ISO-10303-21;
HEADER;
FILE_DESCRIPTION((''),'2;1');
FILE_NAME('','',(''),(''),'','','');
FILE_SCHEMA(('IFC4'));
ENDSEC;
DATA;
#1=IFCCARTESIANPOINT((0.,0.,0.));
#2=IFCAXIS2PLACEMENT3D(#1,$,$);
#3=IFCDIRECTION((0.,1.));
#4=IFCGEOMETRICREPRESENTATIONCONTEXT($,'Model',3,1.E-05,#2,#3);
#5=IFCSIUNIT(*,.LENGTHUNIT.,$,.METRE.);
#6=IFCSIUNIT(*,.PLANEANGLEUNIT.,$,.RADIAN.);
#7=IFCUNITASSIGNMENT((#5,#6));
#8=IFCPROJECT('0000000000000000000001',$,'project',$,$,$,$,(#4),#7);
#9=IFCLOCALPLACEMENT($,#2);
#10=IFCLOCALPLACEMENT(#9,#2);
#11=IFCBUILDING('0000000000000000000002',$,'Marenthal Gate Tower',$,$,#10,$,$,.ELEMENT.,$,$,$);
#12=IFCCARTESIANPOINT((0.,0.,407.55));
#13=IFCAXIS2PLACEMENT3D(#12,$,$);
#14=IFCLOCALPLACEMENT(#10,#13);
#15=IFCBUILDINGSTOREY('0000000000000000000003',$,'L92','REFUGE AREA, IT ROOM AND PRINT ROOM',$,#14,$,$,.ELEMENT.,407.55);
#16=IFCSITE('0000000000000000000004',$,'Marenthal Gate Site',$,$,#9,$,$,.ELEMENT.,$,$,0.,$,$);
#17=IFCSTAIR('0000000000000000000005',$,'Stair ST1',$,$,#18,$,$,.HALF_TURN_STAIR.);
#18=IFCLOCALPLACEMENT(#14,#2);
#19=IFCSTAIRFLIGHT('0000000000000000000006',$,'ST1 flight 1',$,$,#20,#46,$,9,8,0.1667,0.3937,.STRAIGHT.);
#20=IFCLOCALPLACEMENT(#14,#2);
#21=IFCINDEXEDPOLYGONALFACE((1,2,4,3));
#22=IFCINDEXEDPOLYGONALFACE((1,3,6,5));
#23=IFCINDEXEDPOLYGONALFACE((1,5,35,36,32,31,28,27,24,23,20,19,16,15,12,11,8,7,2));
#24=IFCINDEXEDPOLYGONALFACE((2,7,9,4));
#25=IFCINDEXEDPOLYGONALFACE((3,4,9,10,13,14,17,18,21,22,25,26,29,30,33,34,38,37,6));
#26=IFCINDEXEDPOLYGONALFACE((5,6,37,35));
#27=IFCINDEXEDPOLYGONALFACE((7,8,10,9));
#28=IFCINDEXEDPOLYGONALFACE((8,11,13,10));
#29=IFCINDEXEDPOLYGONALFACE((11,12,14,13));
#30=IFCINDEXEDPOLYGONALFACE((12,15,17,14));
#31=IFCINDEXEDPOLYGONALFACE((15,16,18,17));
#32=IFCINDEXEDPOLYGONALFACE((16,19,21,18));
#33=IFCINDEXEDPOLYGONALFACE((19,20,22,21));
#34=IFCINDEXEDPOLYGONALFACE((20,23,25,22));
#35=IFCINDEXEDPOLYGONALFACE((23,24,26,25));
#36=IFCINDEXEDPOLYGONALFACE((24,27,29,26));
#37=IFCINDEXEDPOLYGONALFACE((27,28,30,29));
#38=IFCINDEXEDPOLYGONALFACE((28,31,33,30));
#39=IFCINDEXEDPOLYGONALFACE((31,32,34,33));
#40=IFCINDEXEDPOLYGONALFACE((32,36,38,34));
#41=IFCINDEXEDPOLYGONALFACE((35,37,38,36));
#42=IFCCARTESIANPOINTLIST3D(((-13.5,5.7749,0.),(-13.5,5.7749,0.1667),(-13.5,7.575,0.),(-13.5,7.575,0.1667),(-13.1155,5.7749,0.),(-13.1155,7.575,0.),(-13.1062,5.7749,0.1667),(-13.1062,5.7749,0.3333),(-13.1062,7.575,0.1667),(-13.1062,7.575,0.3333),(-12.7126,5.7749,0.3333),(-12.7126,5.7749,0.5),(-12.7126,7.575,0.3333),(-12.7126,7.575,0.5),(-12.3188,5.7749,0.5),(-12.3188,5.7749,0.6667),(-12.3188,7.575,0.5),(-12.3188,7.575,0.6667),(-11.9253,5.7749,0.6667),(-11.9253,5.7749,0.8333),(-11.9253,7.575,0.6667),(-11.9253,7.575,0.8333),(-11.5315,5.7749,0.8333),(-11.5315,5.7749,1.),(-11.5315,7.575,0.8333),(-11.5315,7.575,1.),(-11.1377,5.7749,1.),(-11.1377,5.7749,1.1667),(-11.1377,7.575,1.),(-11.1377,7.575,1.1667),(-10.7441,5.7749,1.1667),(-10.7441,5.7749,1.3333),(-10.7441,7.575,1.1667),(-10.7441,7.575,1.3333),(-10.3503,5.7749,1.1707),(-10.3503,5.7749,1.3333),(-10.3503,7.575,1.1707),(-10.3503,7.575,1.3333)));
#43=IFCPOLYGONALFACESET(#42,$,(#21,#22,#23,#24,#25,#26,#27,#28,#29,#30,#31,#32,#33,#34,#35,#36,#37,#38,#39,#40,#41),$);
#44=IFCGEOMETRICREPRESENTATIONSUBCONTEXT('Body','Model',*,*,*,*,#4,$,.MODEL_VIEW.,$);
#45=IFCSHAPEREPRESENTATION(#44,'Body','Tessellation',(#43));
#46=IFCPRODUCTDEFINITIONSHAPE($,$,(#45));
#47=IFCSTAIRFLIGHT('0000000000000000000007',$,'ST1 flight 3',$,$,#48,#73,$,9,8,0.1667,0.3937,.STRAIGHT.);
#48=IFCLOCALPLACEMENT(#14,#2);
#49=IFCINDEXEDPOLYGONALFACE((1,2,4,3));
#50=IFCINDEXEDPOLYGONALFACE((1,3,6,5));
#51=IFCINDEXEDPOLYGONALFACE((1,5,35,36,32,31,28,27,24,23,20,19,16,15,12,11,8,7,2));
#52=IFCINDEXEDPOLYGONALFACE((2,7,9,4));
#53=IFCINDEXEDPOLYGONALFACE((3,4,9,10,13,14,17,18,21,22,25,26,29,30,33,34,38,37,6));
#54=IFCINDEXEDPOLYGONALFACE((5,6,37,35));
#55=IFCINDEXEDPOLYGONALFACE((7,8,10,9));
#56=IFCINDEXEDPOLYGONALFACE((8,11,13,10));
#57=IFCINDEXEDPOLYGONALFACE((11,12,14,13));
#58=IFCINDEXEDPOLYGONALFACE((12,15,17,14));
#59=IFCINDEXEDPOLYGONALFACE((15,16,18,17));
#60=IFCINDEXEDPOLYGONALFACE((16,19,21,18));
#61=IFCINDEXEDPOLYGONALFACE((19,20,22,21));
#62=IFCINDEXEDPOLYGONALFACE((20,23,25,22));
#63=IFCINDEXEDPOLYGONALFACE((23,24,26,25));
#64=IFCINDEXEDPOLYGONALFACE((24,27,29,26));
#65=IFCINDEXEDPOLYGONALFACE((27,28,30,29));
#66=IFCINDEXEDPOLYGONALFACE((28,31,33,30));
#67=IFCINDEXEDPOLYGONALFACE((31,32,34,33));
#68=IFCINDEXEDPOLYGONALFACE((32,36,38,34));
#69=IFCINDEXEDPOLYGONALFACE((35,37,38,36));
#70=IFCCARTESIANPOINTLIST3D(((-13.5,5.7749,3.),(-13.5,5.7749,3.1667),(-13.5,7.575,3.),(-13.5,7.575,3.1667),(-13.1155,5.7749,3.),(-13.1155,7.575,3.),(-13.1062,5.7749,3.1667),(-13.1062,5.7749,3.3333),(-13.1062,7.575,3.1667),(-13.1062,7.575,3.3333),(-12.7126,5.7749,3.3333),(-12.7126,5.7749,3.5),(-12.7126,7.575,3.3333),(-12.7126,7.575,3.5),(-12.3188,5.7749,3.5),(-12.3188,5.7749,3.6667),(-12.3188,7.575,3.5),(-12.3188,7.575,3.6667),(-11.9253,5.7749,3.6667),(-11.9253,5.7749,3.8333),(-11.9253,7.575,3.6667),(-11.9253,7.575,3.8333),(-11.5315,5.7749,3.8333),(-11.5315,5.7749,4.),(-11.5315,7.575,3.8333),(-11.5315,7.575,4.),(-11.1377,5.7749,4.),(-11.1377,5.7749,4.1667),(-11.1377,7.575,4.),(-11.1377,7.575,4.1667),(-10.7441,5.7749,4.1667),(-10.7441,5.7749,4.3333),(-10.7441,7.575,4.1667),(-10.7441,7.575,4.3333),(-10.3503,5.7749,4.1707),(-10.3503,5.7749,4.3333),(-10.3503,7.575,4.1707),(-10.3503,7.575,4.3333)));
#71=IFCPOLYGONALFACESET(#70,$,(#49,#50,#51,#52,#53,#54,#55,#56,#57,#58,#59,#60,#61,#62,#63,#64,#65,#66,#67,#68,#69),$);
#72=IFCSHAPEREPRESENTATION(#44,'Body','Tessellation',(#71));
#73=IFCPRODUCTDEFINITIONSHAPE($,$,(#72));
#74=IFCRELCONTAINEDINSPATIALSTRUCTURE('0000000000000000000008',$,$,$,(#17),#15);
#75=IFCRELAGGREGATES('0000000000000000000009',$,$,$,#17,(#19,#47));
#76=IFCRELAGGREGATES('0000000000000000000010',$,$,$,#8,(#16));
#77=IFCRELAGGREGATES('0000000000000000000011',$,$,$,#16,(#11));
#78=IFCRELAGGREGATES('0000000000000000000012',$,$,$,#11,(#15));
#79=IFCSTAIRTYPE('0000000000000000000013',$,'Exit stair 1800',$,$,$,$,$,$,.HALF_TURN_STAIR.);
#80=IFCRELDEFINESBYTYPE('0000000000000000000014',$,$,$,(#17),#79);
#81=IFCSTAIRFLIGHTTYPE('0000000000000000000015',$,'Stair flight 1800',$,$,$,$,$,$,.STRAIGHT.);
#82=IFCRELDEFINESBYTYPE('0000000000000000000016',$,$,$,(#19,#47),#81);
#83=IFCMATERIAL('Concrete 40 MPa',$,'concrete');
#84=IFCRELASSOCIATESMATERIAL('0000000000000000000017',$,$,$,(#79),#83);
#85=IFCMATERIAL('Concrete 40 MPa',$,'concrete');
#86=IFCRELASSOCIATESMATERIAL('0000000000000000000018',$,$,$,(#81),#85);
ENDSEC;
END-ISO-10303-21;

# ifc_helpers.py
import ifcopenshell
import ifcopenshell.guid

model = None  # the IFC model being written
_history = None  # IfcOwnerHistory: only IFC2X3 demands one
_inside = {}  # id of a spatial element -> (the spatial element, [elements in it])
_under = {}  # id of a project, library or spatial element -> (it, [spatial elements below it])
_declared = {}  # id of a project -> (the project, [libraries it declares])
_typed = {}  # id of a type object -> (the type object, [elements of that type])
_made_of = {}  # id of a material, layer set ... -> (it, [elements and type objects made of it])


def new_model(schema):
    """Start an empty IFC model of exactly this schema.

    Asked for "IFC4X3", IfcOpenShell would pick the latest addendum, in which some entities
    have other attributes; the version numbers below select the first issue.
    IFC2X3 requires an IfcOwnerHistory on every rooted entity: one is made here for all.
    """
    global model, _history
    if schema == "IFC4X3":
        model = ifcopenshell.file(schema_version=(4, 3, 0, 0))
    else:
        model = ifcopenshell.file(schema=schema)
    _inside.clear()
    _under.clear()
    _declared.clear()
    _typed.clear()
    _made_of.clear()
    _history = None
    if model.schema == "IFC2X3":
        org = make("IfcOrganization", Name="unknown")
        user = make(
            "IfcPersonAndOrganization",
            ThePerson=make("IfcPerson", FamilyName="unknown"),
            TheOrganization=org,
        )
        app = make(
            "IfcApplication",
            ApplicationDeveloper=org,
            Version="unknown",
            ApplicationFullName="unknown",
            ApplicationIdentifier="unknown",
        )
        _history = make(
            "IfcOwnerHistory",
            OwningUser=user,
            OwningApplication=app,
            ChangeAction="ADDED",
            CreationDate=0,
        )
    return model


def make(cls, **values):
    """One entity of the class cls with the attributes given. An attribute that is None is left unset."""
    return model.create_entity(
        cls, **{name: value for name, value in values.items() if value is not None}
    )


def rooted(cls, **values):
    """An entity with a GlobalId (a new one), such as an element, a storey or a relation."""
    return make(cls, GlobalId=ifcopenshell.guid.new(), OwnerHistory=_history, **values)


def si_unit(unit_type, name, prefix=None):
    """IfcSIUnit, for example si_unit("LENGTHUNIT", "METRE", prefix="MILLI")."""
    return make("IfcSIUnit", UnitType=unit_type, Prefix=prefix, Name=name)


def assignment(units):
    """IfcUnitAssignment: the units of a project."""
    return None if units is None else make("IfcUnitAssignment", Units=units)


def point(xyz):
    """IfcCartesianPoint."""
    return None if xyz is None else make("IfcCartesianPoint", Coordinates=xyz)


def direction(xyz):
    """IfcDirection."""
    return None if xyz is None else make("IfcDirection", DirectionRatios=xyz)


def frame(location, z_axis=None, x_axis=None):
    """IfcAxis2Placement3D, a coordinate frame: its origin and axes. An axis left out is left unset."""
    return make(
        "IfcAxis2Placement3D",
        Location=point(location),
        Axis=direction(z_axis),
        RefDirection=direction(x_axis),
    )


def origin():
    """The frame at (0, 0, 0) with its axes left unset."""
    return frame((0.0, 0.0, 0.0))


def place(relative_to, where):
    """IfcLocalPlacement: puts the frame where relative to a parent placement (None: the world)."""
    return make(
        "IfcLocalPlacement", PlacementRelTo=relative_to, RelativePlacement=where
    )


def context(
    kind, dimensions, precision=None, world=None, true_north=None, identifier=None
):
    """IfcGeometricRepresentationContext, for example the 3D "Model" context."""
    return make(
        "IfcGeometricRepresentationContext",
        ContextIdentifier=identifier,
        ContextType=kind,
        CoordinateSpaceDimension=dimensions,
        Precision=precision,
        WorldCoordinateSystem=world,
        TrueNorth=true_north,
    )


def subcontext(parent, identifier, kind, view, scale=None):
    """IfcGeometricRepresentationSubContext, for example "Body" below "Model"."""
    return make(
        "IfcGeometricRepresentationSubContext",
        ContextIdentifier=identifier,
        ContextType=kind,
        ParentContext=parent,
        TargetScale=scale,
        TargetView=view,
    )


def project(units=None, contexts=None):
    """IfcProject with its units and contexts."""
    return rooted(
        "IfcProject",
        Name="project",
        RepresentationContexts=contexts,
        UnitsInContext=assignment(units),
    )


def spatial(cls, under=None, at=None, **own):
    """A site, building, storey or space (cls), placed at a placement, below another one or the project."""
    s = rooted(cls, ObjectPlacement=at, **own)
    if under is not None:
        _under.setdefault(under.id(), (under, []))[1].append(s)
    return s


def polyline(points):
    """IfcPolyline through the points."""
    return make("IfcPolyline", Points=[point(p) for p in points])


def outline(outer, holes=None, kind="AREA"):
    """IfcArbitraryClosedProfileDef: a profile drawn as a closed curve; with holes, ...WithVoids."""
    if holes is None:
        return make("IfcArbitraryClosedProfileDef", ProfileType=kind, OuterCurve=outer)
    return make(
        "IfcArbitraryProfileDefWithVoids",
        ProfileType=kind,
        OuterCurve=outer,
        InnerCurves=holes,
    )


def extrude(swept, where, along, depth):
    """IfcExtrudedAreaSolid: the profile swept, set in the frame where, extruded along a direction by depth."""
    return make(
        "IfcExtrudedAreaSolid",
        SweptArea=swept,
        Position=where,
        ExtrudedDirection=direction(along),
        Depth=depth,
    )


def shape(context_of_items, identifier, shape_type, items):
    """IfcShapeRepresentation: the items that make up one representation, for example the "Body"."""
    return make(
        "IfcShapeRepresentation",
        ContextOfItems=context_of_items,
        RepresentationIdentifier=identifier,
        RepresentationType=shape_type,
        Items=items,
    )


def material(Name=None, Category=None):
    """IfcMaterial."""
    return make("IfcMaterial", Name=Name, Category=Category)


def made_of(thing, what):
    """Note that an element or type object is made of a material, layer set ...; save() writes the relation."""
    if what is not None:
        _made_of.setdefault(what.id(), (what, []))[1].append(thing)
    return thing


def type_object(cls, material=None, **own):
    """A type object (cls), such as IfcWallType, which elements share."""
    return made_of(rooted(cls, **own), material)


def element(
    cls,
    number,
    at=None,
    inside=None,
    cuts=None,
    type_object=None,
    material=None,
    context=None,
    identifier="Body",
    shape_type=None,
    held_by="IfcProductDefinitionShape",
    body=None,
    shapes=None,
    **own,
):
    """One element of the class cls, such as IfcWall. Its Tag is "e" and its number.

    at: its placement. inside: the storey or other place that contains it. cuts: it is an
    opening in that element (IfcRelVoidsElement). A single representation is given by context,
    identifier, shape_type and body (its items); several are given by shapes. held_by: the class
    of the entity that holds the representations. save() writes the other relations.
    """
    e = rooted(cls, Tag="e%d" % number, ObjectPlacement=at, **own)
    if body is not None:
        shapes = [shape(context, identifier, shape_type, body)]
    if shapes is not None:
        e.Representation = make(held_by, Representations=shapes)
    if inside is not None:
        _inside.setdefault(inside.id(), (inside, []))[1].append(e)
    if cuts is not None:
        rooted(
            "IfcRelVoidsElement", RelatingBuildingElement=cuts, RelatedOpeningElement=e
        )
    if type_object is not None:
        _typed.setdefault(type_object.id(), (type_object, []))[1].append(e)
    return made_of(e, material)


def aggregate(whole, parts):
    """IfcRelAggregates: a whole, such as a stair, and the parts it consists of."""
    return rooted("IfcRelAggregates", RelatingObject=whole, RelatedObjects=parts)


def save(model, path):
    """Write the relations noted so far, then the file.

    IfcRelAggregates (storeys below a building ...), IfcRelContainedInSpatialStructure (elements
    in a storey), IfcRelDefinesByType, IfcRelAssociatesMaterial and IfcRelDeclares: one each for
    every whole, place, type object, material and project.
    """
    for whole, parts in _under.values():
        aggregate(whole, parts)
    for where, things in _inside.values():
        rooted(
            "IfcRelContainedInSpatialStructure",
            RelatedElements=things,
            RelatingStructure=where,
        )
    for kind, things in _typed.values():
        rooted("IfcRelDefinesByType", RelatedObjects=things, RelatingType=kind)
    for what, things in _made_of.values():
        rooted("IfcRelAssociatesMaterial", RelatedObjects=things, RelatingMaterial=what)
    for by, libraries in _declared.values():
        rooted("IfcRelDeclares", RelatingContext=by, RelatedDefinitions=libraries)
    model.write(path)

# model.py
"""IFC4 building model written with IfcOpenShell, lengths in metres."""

from ifc_helpers import new_model, si_unit, direction, frame, origin, place, context, subcontext, project, spatial, polyline, outline, extrude, material, type_object, element, aggregate, save


model = new_model("IFC4")

# Units and contexts
model_context = context("Model", 3, precision=1e-05, world=origin(), true_north=direction((0.0, 1.0)))
body_context = subcontext(model_context, "Body", "Model", "MODEL_VIEW")
ifc_project = project(units=[si_unit("LENGTHUNIT", "METRE"), si_unit("PLANEANGLEUNIT", "RADIAN")], contexts=[model_context])

# Site, building, storey
site_placement = place(None, origin())
site = spatial("IfcSite", under=ifc_project, at=site_placement, Name="Marenthal Gate Site", CompositionType="ELEMENT", RefElevation=0.0)
building_placement = place(site_placement, origin())
building = spatial("IfcBuilding", under=site, at=building_placement, Name="Marenthal Gate Tower", CompositionType="ELEMENT")
storey_placement = place(building_placement, frame((0.0, 0.0, 407.55)))
storey = spatial("IfcBuildingStorey", under=building, at=storey_placement, Name="L92", Description="REFUGE AREA, IT ROOM AND PRINT ROOM", CompositionType="ELEMENT", Elevation=407.55)

# Stair, stair flights
ifc_material_1 = material(Name="Concrete 40 MPa", Category="concrete")
stair_type = type_object("IfcStairType", Name="Exit stair 1800", PredefinedType="HALF_TURN_STAIR", material=ifc_material_1)
stair_placement = place(storey_placement, origin())
stair = element("IfcStair", 1, at=stair_placement, inside=storey, type_object=stair_type, Name="Stair ST1", PredefinedType="HALF_TURN_STAIR")
ifc_material_2 = material(Name="Concrete 40 MPa", Category="concrete")
stair_flight_type = type_object("IfcStairFlightType", Name="Stair flight 1800", PredefinedType="STRAIGHT", material=ifc_material_2)
stair_flight_1_placement = place(storey_placement, frame((-13.5, 6.675, 0.0), z_axis=(0.0, 0.0, 1.0), x_axis=(1.0, 0.0, 0.0)))
stair_flight_1 = element("IfcStairFlight", 2, at=stair_flight_1_placement, type_object=stair_flight_type, Name="ST1 flight 1", NumberOfRisers=9, NumberOfTreads=8, PredefinedType="STRAIGHT", RiserHeight=0.1667, TreadLength=0.3937, context=body_context, shape_type="SweptSolid", body=[
    extrude(outline(polyline([(0.0, 0.0), (0.0, 0.1667), (0.3938, 0.1667), (0.3938, 0.3333), (0.7874, 0.3333), (0.7874, 0.5), (1.1812, 0.5), (1.1812, 0.6667), (1.5747, 0.6667), (1.5747, 0.8333), (1.9685, 0.8333), (1.9685, 1.0), (2.3623, 1.0), (2.3623, 1.1667), (2.7559, 1.1667), (2.7559, 1.3333), (3.1497, 1.3333), (3.1497, 1.5), (3.1497, 1.1707), (0.3845, 0.0), (0.0, 0.0)])), frame((0.0, 0.8999, 0.0), z_axis=(0.0, -1.0, 0.0), x_axis=(1.0, 0.0, 0.0)), (0.0, 0.0, 1.0), 1.8),
])
stair_flight_2_placement = place(storey_placement, frame((-13.5, 6.675, 3.0), z_axis=(0.0, 0.0, 1.0), x_axis=(1.0, 0.0, 0.0)))
stair_flight_2 = element("IfcStairFlight", 3, at=stair_flight_2_placement, type_object=stair_flight_type, Name="ST1 flight 3", NumberOfRisers=9, NumberOfTreads=8, PredefinedType="STRAIGHT", RiserHeight=0.1667, TreadLength=0.3937, context=body_context, shape_type="SweptSolid", body=[
    extrude(outline(polyline([(0.0, 0.0), (0.0, 0.1667), (0.3938, 0.1667), (0.3938, 0.3333), (0.7874, 0.3333), (0.7874, 0.5), (1.1812, 0.5), (1.1812, 0.6667), (1.5747, 0.6667), (1.5747, 0.8333), (1.9685, 0.8333), (1.9685, 1.0), (2.3623, 1.0), (2.3623, 1.1667), (2.7559, 1.1667), (2.7559, 1.3333), (3.1497, 1.3333), (3.1497, 1.5), (3.1497, 1.1707), (0.3845, 0.0), (0.0, 0.0)])), frame((0.0, 0.8999, 0.0), z_axis=(0.0, -1.0, 0.0), x_axis=(1.0, 0.0, 0.0)), (0.0, 0.0, 1.0), 1.8),
])
aggregate(stair, [stair_flight_1, stair_flight_2])

save(model, "model.ifc")
